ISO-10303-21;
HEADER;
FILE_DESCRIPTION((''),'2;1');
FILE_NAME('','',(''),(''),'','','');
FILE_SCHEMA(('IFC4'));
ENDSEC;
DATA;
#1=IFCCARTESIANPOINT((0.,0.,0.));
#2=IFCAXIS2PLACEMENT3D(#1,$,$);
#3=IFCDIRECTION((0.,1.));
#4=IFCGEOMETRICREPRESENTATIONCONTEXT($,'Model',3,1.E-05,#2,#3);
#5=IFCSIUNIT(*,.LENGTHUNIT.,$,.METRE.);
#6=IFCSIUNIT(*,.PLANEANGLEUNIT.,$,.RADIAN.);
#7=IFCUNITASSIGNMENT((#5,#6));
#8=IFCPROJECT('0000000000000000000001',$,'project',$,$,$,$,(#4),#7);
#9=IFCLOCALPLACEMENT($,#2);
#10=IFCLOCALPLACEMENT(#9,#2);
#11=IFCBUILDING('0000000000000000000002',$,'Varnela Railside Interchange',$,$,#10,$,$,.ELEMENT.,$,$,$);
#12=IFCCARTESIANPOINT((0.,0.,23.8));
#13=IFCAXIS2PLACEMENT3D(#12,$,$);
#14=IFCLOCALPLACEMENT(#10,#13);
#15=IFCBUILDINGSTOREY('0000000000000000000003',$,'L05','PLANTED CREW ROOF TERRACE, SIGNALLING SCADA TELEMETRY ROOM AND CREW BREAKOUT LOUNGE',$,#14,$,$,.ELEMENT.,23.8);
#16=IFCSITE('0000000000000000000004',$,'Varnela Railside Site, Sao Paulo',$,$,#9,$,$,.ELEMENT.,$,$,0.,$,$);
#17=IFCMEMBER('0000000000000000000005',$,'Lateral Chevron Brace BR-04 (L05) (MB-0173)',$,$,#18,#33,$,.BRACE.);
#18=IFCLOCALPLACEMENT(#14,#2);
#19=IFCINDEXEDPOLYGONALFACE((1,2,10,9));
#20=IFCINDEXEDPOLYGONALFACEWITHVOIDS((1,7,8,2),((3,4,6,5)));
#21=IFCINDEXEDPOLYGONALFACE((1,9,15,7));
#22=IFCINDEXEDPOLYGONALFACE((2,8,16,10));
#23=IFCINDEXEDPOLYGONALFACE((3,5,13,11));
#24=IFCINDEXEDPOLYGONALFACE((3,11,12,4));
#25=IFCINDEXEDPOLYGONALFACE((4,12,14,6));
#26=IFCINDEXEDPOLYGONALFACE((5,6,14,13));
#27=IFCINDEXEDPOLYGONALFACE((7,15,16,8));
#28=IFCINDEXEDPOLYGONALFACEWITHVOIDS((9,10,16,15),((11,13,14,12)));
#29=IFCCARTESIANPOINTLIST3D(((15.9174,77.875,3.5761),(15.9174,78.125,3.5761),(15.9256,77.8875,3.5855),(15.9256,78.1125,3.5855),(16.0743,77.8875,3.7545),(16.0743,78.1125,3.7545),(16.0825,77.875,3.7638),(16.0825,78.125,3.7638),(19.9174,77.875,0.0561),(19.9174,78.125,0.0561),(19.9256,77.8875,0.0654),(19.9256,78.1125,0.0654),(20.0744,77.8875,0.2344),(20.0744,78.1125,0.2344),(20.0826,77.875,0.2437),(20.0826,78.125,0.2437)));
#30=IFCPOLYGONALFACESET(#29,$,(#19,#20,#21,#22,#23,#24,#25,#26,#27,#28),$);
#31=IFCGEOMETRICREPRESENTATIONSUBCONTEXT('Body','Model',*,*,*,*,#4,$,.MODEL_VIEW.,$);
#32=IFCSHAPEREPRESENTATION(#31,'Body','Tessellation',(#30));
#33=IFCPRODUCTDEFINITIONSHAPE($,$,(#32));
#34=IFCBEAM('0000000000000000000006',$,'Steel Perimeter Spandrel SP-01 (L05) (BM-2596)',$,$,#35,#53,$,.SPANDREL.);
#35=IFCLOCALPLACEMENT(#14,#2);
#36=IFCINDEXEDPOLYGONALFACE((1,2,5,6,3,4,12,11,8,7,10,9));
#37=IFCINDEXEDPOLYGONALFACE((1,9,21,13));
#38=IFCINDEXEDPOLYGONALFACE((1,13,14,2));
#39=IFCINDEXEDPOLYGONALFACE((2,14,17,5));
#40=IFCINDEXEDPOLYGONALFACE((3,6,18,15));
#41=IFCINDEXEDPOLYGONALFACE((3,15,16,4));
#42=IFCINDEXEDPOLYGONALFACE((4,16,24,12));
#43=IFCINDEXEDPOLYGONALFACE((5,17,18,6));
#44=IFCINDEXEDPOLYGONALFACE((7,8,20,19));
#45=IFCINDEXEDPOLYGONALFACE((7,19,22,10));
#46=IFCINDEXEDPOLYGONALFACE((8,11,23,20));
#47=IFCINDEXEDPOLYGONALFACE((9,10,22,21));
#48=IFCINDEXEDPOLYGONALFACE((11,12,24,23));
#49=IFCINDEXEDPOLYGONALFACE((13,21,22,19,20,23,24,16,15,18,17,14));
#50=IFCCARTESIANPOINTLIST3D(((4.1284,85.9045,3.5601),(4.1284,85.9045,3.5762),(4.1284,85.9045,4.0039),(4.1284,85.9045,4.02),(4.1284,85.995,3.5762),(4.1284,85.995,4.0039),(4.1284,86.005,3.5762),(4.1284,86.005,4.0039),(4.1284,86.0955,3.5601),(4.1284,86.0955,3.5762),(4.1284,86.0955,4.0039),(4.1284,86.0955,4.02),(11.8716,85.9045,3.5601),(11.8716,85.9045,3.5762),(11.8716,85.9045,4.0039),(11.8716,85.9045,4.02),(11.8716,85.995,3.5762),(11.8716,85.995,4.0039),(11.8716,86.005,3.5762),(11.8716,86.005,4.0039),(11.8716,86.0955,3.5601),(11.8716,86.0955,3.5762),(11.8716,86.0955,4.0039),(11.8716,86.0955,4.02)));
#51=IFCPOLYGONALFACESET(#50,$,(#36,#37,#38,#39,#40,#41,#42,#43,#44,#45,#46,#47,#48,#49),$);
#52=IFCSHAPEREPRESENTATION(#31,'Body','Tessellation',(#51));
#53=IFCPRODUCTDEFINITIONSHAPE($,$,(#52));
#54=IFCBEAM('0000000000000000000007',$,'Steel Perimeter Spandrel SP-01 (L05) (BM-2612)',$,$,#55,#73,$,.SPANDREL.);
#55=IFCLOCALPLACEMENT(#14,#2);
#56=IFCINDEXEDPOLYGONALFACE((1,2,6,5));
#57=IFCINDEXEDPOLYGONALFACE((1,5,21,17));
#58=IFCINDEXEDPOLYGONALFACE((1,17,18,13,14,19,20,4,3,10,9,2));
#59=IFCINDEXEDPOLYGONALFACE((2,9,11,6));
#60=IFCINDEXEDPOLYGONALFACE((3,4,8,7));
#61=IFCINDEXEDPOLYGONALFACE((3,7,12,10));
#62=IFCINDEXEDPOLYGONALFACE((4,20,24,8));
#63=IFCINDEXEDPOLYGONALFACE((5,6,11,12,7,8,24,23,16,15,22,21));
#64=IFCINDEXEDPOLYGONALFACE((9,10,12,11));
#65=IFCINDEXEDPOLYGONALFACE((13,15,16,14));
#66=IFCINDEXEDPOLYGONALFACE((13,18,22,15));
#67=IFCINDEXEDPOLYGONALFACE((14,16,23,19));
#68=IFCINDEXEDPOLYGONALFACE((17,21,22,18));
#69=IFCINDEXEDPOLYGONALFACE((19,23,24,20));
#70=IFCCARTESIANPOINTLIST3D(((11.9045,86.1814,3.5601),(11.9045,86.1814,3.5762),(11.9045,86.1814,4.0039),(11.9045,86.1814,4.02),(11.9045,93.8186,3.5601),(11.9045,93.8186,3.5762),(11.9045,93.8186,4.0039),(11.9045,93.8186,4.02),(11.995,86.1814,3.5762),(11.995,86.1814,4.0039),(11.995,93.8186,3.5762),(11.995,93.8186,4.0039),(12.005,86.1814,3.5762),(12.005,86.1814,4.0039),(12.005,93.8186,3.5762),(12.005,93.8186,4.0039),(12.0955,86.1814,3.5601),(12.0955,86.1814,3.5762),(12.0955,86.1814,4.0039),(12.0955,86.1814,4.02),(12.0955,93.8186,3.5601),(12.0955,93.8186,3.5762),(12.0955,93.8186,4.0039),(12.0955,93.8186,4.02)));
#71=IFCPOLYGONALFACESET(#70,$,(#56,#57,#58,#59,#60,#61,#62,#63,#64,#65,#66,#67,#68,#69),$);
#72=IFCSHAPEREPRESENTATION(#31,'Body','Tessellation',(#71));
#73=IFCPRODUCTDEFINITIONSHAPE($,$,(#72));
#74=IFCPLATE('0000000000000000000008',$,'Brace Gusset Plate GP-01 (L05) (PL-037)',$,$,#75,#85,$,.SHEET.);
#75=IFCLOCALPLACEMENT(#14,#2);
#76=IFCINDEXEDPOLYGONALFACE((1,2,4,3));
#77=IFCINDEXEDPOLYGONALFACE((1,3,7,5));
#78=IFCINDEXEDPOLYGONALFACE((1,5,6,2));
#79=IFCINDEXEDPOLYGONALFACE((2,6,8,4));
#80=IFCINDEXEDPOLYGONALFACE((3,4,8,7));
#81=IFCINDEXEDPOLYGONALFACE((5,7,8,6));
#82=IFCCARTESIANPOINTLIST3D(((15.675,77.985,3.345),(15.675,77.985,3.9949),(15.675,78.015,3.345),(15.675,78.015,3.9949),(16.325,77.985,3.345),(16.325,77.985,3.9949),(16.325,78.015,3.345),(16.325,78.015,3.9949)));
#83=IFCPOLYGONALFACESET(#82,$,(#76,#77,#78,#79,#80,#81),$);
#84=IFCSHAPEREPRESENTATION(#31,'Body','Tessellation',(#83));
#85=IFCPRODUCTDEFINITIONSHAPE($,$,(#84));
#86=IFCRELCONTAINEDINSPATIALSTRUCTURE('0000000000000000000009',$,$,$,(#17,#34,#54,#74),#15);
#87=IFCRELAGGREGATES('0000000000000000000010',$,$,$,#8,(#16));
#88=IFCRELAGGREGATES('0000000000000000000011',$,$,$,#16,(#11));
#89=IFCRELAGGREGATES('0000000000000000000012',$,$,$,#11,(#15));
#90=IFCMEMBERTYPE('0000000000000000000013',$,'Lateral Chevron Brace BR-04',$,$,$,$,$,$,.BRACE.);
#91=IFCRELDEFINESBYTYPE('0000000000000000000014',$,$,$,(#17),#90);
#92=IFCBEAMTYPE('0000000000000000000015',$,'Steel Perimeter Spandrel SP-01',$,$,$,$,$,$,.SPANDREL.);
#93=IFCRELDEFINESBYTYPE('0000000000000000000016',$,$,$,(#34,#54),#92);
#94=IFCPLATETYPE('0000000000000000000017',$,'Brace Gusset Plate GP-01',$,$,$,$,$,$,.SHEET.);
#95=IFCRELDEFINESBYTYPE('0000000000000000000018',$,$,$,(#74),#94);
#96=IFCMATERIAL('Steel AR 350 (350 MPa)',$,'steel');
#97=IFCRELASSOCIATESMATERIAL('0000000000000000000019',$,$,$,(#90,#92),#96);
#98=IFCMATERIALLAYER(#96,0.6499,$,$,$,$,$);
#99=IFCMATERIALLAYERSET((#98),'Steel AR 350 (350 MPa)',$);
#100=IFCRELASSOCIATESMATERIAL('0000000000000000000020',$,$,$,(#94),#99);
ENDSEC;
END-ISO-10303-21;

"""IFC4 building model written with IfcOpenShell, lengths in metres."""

from ifc_helpers import new_model, si_unit, direction, frame, origin, origin_2d, place, context, subcontext, project, spatial, rectangle, hollow_rectangle, i_section, extrude, material, layer, layer_set, material_profile, profile_set, type_object, element, save


model = new_model("IFC4")

# Units and contexts
model_context = context("Model", 3, precision=1e-05, world=origin(), true_north=direction((0.0, 1.0)))
body_context = subcontext(model_context, "Body", "Model", "MODEL_VIEW")
ifc_project = project(units=[si_unit("LENGTHUNIT", "METRE"), si_unit("PLANEANGLEUNIT", "RADIAN")], contexts=[model_context])

# Site, building, storey
site_placement = place(None, origin())
site = spatial("IfcSite", under=ifc_project, at=site_placement, Name="Varnela Railside Site, Sao Paulo", CompositionType="ELEMENT", RefElevation=0.0)
building_placement = place(site_placement, origin())
building = spatial("IfcBuilding", under=site, at=building_placement, Name="Varnela Railside Interchange", CompositionType="ELEMENT")
storey_placement = place(building_placement, frame((0.0, 0.0, 23.8)))
storey = spatial("IfcBuildingStorey", under=building, at=storey_placement, Name="L05", Description="PLANTED CREW ROOF TERRACE, SIGNALLING SCADA TELEMETRY ROOM AND CREW BREAKOUT LOUNGE", CompositionType="ELEMENT", Elevation=23.8)

# Shared definitions
ifc_material = material(Name="Steel AR 350 (350 MPa)", Category="steel")

# Member
ifc_material_profile_1 = material_profile(ifc_material, hollow_rectangle(XDim=0.25, YDim=0.25, WallThickness=0.0125, at=origin_2d()), Name="HSS 250x250x12.5")
ifc_profile_set_1 = profile_set([ifc_material_profile_1], Name="Steel AR 350 (350 MPa)")
member_type = type_object("IfcMemberType", Name="Lateral Chevron Brace BR-04", PredefinedType="BRACE", material=ifc_profile_set_1)
for number, where, z_axis, x_axis, name in (
    (1, (20.0, 78.0, 0.1499), (-0.750712, 0.0, 0.66063), (0.0, -1.0, 0.0), "Lateral Chevron Brace BR-04 (L05) (MB-0173)"),
):
    element("IfcMember", number, at=place(storey_placement, frame(where, z_axis=z_axis, x_axis=x_axis)), inside=storey, type_object=member_type, Name=name, PredefinedType="BRACE", context=body_context, shape_type="SweptSolid", body=[
        extrude(hollow_rectangle(XDim=0.25, YDim=0.25, WallThickness=0.0125, at=origin_2d()), origin(), (0.0, 0.0, 1.0), 5.3284),
    ])

# Beams
ifc_material_profile_2 = material_profile(ifc_material, i_section(OverallWidth=0.1909, OverallDepth=0.46, WebThickness=0.01, FlangeThickness=0.0161, at=origin_2d()), Name="W460x82")
ifc_profile_set_2 = profile_set([ifc_material_profile_2], Name="Steel AR 350 (350 MPa)")
beam_type_1 = type_object("IfcBeamType", Name="Steel Perimeter Spandrel SP-01", PredefinedType="SPANDREL", material=ifc_profile_set_2)
beam_1_placement = place(storey_placement, frame((4.1284, 86.0, 3.79), z_axis=(1.0, 0.0, 0.0), x_axis=(0.0, 1.0, 0.0)))
element("IfcBeam", 2, at=beam_1_placement, inside=storey, type_object=beam_type_1, Name="Steel Perimeter Spandrel SP-01 (L05) (BM-2596)", PredefinedType="SPANDREL", context=body_context, shape_type="SweptSolid", body=[
    extrude(i_section(OverallWidth=0.1909, OverallDepth=0.46, WebThickness=0.01, FlangeThickness=0.0161, at=origin_2d()), origin(), (0.0, 0.0, 1.0), 7.7432),
])
beam_2_placement = place(storey_placement, frame((12.0, 86.1814, 3.79), z_axis=(0.0, 1.0, 0.0), x_axis=(-1.0, 0.0, 0.0)))
element("IfcBeam", 3, at=beam_2_placement, inside=storey, type_object=beam_type_1, Name="Steel Perimeter Spandrel SP-01 (L05) (BM-2612)", PredefinedType="SPANDREL", context=body_context, shape_type="SweptSolid", body=[
    extrude(i_section(OverallWidth=0.1909, OverallDepth=0.46, WebThickness=0.01, FlangeThickness=0.0161, at=origin_2d()), origin(), (0.0, 0.0, 1.0), 7.6372),
])

# Plate
ifc_layer = layer(ifc_material, 0.6499)
ifc_layer_set = layer_set([ifc_layer], Name="Steel AR 350 (350 MPa)")
plate_type = type_object("IfcPlateType", Name="Brace Gusset Plate GP-01", PredefinedType="SHEET", material=ifc_layer_set)
plate_placement = place(storey_placement, frame((16.0, 78.0, 3.345), z_axis=(0.0, 0.0, 1.0), x_axis=(1.0, 0.0, 0.0)))
element("IfcPlate", 4, at=plate_placement, inside=storey, type_object=plate_type, Name="Brace Gusset Plate GP-01 (L05) (PL-037)", PredefinedType="SHEET", context=body_context, shape_type="SweptSolid", body=[
    extrude(rectangle(XDim=0.6499, YDim=0.03, at=origin_2d()), origin(), (0.0, 0.0, 1.0), 0.6499),
])

save(model, "model.ifc")
